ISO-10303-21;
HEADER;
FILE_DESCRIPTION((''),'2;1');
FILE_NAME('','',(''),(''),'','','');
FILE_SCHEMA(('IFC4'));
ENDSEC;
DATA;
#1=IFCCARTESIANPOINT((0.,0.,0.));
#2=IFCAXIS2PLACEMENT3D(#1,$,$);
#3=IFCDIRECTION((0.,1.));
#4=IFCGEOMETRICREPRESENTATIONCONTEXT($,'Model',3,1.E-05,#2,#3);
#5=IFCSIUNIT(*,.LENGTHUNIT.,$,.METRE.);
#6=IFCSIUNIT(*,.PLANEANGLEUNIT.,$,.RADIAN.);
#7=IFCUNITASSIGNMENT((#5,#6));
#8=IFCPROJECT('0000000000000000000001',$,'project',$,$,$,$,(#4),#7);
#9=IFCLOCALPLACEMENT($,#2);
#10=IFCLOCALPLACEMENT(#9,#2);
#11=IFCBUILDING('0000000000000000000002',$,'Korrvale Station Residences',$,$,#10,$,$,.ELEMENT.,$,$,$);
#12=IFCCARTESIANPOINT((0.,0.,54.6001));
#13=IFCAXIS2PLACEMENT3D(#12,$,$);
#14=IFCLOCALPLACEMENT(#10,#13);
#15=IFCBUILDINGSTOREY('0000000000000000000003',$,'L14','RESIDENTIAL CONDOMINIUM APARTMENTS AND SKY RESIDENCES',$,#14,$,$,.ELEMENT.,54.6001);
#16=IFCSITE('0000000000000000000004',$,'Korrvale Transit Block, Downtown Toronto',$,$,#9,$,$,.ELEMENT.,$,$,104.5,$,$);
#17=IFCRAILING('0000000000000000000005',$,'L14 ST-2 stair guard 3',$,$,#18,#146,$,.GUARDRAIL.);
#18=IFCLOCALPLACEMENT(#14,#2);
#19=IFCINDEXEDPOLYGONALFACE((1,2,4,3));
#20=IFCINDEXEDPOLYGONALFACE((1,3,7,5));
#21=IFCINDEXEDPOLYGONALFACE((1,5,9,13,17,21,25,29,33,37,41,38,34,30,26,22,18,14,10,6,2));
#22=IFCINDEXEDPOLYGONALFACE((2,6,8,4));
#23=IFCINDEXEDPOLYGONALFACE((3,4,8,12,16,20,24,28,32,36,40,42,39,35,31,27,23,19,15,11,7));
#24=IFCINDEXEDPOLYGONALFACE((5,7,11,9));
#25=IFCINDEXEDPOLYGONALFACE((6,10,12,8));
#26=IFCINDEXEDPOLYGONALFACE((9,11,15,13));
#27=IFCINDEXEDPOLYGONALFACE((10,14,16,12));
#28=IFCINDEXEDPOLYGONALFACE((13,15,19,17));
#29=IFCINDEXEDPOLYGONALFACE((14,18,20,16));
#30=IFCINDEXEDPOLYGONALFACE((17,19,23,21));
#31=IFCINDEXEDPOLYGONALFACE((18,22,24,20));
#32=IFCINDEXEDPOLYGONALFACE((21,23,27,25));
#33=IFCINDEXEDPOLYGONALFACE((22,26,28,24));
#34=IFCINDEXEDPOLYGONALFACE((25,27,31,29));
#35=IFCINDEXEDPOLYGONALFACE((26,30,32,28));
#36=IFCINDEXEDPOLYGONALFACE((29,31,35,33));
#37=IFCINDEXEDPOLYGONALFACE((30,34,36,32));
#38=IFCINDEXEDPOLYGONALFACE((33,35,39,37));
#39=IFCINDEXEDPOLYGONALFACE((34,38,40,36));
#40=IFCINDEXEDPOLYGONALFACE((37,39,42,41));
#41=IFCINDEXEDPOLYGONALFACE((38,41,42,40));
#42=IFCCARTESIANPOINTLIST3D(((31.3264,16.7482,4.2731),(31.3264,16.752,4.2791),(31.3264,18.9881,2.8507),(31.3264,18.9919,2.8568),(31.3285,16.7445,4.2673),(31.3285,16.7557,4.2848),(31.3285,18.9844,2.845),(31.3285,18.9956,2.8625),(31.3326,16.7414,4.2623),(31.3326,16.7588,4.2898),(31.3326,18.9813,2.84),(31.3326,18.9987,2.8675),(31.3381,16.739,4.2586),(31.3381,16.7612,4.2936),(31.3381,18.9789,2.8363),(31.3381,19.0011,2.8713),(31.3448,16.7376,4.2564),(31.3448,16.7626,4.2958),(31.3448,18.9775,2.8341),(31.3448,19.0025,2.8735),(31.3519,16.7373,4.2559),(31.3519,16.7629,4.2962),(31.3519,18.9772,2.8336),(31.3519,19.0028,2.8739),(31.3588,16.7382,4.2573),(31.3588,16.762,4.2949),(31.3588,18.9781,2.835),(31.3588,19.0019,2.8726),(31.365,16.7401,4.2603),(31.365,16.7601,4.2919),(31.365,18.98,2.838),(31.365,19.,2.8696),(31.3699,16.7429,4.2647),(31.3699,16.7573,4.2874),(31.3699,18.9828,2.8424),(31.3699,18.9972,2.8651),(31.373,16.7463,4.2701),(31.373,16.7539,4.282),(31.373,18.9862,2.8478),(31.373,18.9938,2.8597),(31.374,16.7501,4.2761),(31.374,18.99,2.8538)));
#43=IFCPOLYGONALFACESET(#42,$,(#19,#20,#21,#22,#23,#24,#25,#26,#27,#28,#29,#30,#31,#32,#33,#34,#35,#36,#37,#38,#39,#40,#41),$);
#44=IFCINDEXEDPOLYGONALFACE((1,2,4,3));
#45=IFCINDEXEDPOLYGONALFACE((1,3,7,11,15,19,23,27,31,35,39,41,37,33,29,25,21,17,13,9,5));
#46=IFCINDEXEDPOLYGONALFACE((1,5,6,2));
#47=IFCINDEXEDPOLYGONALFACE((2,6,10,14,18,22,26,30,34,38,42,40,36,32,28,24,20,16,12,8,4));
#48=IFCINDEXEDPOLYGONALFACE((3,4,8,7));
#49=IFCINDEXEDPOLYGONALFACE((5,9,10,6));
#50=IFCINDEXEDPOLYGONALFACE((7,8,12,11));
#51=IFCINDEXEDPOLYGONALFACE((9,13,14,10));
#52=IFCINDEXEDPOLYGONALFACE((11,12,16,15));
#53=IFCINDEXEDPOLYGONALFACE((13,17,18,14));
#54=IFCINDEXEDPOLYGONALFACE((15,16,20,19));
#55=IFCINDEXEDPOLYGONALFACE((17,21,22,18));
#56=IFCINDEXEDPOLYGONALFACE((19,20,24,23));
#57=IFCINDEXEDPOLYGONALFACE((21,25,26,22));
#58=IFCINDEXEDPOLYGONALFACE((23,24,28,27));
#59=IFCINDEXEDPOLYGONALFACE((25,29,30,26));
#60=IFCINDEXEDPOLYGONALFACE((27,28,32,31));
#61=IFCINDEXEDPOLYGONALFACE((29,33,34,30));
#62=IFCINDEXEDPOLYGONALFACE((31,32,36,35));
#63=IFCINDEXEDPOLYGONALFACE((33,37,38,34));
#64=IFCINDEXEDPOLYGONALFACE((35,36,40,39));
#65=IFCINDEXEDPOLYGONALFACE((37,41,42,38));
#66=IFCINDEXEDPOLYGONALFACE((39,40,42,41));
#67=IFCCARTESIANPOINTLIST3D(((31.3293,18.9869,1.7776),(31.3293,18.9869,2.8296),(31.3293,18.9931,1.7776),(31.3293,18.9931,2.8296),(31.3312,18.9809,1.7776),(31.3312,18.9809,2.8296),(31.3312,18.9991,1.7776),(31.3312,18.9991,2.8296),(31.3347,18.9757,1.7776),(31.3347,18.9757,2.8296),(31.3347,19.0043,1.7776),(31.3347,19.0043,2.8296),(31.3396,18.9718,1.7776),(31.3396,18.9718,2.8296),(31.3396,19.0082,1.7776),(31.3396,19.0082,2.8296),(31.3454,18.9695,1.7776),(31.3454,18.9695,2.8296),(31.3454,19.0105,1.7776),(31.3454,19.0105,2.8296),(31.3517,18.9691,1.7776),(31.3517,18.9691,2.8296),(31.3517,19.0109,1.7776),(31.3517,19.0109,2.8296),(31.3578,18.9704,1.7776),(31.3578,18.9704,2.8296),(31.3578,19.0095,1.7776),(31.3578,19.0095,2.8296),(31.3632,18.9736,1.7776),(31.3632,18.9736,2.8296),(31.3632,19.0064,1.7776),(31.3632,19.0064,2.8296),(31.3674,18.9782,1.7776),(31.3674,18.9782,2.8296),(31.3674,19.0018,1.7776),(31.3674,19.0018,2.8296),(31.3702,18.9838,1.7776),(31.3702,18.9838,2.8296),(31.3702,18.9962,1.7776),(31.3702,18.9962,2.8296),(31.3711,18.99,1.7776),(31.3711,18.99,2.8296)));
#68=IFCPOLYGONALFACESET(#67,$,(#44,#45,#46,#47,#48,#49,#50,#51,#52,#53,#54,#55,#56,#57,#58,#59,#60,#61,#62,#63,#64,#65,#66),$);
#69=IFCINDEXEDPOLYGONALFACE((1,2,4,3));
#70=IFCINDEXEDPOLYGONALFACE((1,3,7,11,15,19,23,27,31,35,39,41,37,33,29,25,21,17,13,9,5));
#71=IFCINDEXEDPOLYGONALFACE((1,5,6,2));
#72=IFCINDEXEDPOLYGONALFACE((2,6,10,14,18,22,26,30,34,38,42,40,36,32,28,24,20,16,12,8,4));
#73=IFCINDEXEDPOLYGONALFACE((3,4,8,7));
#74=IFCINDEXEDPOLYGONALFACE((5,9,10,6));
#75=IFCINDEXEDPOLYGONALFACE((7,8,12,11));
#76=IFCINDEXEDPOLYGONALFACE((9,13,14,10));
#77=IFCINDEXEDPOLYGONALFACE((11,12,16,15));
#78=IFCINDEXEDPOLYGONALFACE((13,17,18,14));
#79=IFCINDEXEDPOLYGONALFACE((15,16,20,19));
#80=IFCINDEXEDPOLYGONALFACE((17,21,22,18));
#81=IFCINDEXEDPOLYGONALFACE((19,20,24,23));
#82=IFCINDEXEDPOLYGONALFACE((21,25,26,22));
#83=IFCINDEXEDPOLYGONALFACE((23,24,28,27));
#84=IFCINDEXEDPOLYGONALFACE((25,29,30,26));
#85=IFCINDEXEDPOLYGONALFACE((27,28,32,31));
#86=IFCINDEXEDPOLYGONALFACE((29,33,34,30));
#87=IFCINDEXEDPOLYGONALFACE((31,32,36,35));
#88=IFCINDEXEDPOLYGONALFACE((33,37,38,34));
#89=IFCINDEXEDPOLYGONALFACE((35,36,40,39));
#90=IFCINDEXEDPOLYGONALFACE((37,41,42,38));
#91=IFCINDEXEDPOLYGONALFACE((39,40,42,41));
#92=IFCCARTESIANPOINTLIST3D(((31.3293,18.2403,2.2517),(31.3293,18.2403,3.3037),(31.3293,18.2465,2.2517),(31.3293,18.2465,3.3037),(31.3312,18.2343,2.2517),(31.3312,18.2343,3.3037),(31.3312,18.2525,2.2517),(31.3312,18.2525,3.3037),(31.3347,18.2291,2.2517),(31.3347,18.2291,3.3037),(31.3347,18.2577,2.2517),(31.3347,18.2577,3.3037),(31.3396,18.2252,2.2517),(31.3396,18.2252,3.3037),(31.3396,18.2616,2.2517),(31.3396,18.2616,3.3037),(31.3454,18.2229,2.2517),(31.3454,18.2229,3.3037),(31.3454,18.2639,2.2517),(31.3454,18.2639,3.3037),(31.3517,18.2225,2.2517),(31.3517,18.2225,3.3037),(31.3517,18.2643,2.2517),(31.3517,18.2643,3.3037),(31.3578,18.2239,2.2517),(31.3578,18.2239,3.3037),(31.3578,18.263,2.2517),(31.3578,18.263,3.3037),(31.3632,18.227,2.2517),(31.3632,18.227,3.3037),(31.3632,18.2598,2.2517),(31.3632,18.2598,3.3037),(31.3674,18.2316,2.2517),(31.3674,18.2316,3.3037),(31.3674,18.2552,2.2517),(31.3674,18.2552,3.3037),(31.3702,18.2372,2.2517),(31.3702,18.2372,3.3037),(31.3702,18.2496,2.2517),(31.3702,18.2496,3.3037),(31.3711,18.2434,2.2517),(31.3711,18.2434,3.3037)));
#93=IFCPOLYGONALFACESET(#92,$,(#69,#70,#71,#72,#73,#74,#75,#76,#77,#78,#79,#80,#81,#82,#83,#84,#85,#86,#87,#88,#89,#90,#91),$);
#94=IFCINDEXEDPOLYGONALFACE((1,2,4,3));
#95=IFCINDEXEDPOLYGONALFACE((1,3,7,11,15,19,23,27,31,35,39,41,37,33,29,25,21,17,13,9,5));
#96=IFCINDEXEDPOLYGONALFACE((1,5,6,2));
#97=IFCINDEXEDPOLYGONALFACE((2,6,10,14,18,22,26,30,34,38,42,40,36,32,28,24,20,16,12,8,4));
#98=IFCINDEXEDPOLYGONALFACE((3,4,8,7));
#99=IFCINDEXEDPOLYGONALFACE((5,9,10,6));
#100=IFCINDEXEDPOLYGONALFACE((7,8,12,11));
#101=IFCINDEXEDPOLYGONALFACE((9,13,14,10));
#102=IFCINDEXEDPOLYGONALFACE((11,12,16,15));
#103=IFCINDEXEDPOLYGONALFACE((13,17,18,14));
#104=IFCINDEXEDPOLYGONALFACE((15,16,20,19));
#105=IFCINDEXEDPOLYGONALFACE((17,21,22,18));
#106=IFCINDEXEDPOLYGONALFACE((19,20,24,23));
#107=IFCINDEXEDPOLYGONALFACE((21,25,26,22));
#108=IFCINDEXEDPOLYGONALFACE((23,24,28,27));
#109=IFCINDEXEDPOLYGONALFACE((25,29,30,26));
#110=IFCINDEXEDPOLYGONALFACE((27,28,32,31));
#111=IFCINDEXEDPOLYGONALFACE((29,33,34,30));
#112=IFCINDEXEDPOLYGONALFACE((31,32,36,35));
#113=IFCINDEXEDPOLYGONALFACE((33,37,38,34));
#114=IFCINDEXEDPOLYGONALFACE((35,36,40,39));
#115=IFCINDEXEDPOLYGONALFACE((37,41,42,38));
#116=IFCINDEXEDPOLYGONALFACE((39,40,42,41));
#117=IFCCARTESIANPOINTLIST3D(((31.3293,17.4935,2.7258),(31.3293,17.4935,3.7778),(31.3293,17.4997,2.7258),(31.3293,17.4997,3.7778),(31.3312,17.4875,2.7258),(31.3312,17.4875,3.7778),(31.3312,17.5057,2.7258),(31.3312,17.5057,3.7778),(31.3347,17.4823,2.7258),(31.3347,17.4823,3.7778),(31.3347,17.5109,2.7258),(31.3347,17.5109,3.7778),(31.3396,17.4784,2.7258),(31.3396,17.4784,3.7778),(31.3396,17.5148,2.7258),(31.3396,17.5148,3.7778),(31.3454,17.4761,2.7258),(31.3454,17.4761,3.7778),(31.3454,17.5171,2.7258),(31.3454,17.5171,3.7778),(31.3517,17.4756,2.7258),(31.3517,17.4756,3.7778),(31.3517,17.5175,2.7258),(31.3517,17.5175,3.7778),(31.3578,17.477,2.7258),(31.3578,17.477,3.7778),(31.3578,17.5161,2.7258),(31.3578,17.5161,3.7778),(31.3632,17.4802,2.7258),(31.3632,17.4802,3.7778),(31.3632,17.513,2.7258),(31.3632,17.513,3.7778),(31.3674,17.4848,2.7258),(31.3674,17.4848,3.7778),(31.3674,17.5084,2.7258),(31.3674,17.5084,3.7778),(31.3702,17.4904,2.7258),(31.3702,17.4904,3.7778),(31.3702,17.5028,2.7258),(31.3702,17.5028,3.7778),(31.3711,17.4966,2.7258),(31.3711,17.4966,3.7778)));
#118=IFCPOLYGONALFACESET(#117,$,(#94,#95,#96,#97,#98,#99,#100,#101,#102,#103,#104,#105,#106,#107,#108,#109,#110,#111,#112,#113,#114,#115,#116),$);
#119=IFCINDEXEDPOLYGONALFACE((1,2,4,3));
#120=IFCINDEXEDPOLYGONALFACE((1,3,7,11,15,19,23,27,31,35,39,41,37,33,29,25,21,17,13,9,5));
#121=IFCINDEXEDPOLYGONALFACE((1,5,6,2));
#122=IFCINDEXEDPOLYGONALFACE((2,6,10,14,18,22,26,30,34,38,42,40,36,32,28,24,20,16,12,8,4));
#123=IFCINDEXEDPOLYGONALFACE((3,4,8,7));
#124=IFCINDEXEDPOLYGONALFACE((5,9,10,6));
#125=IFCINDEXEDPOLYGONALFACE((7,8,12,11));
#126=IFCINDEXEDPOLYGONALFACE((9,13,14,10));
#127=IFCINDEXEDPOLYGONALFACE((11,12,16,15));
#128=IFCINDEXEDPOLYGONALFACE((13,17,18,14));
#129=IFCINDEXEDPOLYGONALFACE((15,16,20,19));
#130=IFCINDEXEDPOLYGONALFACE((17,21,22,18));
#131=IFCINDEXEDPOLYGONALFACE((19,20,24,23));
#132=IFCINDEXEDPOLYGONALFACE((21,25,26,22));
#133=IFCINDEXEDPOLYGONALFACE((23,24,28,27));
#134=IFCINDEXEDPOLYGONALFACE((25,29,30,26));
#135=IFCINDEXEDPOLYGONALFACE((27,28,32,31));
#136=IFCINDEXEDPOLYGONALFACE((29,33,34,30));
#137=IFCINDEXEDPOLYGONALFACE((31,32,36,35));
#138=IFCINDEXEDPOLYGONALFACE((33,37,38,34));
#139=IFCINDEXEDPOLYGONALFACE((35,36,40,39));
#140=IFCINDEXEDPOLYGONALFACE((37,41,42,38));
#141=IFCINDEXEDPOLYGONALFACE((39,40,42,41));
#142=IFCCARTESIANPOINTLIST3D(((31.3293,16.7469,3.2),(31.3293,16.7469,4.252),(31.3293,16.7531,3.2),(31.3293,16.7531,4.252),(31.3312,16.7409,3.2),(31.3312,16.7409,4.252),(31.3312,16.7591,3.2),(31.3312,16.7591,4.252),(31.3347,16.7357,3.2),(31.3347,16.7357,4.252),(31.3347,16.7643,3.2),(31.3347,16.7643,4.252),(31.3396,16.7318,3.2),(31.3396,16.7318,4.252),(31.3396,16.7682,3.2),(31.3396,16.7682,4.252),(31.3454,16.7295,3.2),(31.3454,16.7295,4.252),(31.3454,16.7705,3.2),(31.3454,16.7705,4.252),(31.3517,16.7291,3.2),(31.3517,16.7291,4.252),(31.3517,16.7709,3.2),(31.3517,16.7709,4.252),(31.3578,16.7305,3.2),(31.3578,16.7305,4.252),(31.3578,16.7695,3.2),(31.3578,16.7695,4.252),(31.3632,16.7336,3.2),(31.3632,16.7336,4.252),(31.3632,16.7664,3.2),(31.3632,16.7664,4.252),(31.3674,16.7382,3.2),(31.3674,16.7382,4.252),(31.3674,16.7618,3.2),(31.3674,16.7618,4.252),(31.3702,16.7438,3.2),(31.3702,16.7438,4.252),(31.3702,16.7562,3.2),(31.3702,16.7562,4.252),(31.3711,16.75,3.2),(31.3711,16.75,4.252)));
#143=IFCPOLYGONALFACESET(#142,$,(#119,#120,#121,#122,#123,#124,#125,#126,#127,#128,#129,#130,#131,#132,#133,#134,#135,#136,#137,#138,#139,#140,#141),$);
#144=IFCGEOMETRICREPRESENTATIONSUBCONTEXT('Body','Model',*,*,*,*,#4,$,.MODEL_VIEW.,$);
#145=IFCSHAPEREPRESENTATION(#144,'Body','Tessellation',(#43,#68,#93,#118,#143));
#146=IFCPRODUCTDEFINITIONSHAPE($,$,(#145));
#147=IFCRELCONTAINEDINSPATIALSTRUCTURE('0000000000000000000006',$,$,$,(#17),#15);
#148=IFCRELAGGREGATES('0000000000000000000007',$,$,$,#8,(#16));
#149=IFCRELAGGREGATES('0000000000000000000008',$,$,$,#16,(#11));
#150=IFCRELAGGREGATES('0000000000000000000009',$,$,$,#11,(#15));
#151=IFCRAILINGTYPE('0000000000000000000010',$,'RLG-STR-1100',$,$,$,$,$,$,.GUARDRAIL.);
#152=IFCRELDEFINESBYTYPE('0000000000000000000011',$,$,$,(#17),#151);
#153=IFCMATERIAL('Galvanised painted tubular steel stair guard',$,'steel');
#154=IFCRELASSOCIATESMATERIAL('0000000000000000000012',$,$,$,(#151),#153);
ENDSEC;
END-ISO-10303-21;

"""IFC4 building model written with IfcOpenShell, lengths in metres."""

from ifc_helpers import new_model, si_unit, direction, frame, origin, origin_2d, place, context, subcontext, project, spatial, circle, extrude, material, type_object, element, save


model = new_model("IFC4")

# Units and contexts
model_context = context("Model", 3, precision=1e-05, world=origin(), true_north=direction((0.0, 1.0)))
body_context = subcontext(model_context, "Body", "Model", "MODEL_VIEW")
ifc_project = project(units=[si_unit("LENGTHUNIT", "METRE"), si_unit("PLANEANGLEUNIT", "RADIAN")], contexts=[model_context])

# Site, building, storey
site_placement = place(None, origin())
site = spatial("IfcSite", under=ifc_project, at=site_placement, Name="Korrvale Transit Block, Downtown Toronto", CompositionType="ELEMENT", RefElevation=104.5)
building_placement = place(site_placement, origin())
building = spatial("IfcBuilding", under=site, at=building_placement, Name="Korrvale Station Residences", CompositionType="ELEMENT")
storey_placement = place(building_placement, frame((0.0, 0.0, 54.6001)))
storey = spatial("IfcBuildingStorey", under=building, at=storey_placement, Name="L14", Description="RESIDENTIAL CONDOMINIUM APARTMENTS AND SKY RESIDENCES", CompositionType="ELEMENT", Elevation=54.6001)

# Railing
ifc_material_1 = material(Name="Galvanised painted tubular steel stair guard", Category="steel")
railing_type_1 = type_object("IfcRailingType", Name="RLG-STR-1100", PredefinedType="GUARDRAIL", material=ifc_material_1)
railing_1_placement = place(storey_placement, frame((31.3501, 18.99, 1.7776)))
element("IfcRailing", 1, at=railing_1_placement, inside=storey, type_object=railing_type_1, Name="L14 ST-2 stair guard 3", PredefinedType="GUARDRAIL", context=body_context, shape_type="SweptSolid", body=[
    extrude(circle(Radius=0.0239, at=origin_2d()), frame((0.0, 0.0, 1.0762), z_axis=(0.0, -0.844188, 0.536048), x_axis=(1.0, 0.0, 0.0)), (0.0, 0.0, 1.0), 2.6533),
    extrude(circle(Radius=0.021, at=origin_2d()), origin(), (0.0, 0.0, 1.0), 1.052),
    extrude(circle(Radius=0.021, at=origin_2d()), frame((0.0, -0.7466, 0.4741)), (0.0, 0.0, 1.0), 1.052),
    extrude(circle(Radius=0.021, at=origin_2d()), frame((0.0, -1.4934, 0.9482)), (0.0, 0.0, 1.0), 1.052),
    extrude(circle(Radius=0.021, at=origin_2d()), frame((0.0, -2.24, 1.4224)), (0.0, 0.0, 1.0), 1.052),
])

save(model, "model.ifc")
